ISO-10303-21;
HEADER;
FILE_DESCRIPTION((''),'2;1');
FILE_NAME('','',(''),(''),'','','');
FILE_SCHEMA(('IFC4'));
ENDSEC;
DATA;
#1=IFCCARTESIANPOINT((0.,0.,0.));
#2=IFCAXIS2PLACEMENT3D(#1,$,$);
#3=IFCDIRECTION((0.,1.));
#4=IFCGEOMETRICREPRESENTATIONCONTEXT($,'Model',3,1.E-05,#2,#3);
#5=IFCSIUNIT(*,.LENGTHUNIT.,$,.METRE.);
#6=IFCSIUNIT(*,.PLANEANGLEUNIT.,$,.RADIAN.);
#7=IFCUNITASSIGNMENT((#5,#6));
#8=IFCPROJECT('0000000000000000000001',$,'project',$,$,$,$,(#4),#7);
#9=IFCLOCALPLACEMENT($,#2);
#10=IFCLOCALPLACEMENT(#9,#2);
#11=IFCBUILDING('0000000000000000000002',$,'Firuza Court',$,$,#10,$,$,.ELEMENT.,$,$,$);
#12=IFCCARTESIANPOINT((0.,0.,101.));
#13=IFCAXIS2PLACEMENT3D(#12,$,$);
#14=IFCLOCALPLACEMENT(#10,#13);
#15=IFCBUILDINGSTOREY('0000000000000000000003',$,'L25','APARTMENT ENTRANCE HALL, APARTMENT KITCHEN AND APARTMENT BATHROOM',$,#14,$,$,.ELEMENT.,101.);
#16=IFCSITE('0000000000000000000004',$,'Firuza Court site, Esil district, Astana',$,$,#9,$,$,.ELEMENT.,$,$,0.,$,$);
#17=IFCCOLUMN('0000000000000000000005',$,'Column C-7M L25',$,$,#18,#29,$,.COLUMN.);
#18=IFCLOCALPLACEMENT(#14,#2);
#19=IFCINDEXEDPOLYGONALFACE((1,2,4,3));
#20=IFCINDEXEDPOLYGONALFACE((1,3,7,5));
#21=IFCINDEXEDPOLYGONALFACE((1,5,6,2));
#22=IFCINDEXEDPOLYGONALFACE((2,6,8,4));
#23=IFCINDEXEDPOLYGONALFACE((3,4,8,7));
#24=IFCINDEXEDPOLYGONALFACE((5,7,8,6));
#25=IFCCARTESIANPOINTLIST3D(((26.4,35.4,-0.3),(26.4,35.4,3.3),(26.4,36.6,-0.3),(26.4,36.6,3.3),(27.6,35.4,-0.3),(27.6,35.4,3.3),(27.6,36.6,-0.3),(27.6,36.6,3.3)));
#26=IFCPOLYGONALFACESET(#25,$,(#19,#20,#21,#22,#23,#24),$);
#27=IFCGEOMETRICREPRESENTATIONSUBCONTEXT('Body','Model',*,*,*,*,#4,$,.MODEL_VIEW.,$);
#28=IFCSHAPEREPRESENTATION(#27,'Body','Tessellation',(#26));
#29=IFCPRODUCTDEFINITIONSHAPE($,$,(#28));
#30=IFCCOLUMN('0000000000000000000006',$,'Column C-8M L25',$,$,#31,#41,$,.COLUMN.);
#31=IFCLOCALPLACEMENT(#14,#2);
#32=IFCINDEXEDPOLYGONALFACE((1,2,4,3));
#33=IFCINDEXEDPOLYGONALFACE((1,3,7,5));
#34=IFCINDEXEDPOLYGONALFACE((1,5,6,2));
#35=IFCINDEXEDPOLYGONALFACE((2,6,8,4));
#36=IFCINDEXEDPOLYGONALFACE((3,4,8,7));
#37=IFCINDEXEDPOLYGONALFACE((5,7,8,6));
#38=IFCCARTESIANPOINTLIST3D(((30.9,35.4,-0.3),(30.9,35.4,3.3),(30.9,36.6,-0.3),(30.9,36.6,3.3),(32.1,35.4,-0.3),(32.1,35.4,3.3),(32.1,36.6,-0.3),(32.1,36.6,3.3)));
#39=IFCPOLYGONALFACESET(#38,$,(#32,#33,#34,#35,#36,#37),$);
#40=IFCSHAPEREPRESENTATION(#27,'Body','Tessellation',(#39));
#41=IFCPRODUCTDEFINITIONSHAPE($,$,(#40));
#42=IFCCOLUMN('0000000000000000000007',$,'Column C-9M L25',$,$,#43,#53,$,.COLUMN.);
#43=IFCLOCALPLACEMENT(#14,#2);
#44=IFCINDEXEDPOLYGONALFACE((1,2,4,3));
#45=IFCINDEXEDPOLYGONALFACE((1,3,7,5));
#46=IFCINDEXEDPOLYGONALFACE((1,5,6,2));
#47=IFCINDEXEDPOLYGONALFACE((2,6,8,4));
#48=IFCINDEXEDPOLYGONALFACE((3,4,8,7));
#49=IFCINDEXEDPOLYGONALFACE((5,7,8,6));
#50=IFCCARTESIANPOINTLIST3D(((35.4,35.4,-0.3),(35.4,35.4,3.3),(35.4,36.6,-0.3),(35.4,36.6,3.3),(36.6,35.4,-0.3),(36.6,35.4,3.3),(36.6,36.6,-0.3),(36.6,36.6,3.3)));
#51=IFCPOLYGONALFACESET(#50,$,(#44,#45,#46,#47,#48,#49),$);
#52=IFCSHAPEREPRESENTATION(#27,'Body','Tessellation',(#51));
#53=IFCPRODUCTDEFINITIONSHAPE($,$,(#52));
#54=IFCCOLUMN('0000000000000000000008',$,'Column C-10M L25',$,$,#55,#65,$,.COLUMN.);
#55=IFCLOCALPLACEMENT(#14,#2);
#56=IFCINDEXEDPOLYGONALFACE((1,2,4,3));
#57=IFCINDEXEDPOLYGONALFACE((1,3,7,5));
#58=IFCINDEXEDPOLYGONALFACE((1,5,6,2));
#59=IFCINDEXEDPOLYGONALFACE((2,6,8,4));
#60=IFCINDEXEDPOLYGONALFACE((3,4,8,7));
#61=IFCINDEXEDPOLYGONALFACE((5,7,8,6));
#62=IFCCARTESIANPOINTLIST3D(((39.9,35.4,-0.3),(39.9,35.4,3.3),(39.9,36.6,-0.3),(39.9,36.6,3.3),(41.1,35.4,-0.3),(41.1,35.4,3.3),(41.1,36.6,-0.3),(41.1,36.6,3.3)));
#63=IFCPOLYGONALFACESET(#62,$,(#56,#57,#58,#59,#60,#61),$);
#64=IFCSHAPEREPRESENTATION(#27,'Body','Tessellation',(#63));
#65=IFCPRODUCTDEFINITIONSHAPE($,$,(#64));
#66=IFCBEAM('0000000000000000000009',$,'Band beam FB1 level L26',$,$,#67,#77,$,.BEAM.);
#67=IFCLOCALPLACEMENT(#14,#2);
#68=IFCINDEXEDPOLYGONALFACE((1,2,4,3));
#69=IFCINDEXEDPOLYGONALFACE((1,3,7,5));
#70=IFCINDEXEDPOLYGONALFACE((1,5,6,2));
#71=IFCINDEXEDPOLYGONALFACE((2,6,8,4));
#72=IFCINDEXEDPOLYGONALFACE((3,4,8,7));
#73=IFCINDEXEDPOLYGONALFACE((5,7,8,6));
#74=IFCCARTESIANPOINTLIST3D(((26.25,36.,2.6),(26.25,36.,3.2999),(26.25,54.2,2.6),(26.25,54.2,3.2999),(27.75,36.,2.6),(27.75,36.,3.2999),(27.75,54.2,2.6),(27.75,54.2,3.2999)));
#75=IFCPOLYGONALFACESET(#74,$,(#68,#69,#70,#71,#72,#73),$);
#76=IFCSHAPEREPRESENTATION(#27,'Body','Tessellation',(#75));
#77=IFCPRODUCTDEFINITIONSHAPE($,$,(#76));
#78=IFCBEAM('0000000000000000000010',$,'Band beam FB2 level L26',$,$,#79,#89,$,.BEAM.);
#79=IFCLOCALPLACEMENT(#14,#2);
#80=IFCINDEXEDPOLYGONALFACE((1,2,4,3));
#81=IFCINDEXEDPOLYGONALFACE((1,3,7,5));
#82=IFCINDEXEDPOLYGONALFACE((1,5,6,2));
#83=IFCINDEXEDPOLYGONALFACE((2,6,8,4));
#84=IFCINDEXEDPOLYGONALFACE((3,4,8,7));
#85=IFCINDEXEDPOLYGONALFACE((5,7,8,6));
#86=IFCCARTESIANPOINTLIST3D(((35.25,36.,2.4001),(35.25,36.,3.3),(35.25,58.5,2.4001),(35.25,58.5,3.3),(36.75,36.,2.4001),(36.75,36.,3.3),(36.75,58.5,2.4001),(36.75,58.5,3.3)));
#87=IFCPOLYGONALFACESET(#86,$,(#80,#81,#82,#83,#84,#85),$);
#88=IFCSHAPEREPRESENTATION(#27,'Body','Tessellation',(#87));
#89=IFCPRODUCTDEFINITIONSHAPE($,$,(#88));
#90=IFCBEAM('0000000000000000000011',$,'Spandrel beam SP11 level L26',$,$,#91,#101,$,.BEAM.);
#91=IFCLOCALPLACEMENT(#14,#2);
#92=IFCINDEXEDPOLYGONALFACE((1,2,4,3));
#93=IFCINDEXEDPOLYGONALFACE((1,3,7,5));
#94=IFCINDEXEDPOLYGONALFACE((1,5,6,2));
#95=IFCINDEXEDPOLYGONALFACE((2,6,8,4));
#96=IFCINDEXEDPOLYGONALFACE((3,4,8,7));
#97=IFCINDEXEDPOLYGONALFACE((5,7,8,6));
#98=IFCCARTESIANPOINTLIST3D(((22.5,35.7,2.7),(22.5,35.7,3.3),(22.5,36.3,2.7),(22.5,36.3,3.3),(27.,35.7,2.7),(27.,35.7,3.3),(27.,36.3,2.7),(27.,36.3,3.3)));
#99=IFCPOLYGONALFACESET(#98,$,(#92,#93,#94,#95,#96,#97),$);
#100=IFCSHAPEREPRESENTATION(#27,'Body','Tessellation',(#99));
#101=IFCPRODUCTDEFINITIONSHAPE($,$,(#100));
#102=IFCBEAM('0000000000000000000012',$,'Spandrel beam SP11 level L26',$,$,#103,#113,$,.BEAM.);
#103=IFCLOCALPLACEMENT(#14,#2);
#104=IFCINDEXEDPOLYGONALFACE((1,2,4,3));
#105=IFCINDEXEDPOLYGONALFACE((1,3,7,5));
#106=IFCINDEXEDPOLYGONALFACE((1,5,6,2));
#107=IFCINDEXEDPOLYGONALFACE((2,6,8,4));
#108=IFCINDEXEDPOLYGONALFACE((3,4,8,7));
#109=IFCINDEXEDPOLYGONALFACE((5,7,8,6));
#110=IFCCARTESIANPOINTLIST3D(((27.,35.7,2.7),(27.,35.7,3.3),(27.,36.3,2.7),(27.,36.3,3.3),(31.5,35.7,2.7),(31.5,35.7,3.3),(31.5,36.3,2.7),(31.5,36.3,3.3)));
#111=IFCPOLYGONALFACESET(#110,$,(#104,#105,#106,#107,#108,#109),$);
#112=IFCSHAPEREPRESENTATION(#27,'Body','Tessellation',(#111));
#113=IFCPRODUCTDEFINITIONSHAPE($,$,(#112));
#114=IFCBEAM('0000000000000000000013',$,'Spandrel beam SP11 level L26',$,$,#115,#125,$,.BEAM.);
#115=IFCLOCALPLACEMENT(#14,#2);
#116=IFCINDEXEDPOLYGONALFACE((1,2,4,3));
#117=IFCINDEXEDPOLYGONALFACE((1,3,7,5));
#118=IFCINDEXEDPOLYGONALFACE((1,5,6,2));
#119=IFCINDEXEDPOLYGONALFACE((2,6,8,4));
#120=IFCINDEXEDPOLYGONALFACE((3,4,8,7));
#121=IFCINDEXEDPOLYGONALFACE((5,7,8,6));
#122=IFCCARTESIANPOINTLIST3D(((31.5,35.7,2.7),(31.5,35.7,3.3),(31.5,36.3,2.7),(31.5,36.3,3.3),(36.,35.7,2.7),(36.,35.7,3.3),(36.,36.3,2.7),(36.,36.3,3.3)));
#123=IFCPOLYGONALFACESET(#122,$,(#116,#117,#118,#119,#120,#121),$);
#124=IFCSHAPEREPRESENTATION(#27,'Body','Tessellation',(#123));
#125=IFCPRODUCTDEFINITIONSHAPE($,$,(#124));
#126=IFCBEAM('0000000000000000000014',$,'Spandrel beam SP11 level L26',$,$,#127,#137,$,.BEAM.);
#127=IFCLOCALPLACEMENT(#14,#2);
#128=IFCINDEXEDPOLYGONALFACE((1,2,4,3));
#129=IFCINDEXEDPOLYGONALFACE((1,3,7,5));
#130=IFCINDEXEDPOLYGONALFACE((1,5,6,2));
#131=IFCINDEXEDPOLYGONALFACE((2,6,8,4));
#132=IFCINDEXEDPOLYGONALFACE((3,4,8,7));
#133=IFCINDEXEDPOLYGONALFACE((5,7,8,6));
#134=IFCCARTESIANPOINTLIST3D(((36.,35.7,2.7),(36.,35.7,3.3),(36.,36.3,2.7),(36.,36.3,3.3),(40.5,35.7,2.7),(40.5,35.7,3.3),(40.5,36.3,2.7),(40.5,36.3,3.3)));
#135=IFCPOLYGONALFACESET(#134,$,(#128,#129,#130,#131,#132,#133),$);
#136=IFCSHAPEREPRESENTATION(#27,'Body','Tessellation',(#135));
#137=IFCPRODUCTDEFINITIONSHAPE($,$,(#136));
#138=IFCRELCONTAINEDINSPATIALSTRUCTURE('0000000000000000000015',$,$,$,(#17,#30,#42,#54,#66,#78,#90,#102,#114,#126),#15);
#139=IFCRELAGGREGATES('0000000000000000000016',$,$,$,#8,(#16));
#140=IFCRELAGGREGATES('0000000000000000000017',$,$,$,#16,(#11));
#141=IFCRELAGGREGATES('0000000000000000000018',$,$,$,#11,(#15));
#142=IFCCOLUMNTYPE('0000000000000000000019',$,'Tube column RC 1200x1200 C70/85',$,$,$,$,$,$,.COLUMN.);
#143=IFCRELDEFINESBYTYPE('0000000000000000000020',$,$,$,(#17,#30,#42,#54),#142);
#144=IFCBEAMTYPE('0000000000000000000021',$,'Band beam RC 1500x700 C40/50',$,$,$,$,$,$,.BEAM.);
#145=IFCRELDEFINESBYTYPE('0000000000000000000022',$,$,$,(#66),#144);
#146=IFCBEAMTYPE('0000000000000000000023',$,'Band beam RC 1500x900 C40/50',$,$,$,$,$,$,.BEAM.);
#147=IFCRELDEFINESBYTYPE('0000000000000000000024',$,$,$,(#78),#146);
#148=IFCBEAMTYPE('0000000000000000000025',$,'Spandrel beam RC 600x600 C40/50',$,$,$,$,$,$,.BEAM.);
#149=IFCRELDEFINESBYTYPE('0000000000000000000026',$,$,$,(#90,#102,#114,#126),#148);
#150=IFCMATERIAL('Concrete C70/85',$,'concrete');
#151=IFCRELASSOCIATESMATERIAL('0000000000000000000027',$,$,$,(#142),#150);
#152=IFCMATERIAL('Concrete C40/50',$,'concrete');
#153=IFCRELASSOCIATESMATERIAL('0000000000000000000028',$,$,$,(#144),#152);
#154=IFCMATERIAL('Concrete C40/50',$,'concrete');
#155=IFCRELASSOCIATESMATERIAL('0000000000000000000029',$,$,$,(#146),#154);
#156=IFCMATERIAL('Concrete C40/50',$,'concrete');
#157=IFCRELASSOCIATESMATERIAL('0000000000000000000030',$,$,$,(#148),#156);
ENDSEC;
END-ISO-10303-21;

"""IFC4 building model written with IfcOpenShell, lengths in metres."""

from ifc_helpers import new_model, si_unit, direction, frame, origin, origin_2d, place, context, subcontext, project, spatial, rectangle, extrude, material, material_profile, profile_set, type_object, element, save


model = new_model("IFC4")

# Units and contexts
model_context = context("Model", 3, precision=1e-05, world=origin(), true_north=direction((0.0, 1.0)))
body_context = subcontext(model_context, "Body", "Model", "MODEL_VIEW")
ifc_project = project(units=[si_unit("LENGTHUNIT", "METRE"), si_unit("PLANEANGLEUNIT", "RADIAN")], contexts=[model_context])

# Site, building, storey
site_placement = place(None, origin())
site = spatial("IfcSite", under=ifc_project, at=site_placement, Name="Firuza Court site, Esil district, Astana", CompositionType="ELEMENT", RefElevation=0.0)
building_placement = place(site_placement, origin())
building = spatial("IfcBuilding", under=site, at=building_placement, Name="Firuza Court", CompositionType="ELEMENT")
storey_placement = place(building_placement, frame((0.0, 0.0, 101.0)))
storey = spatial("IfcBuildingStorey", under=building, at=storey_placement, Name="L25", Description="APARTMENT ENTRANCE HALL, APARTMENT KITCHEN AND APARTMENT BATHROOM", CompositionType="ELEMENT", Elevation=101.0)

# Columns
ifc_material_1 = material(Name="Concrete C70/85", Category="concrete")
ifc_material_profile_1 = material_profile(ifc_material_1, rectangle(XDim=1.2, YDim=1.2, at=origin_2d()), Name="RC 1200x1200")
ifc_profile_set_1 = profile_set([ifc_material_profile_1], Name="Concrete C70/85")
column_type = type_object("IfcColumnType", Name="Tube column RC 1200x1200 C70/85", PredefinedType="COLUMN", material=ifc_profile_set_1)
for number, where, z_axis, x_axis, name in (
    (1, (27.0, 36.0, -0.3), (0.0, 0.0, 1.0), (1.0, 0.0, 0.0), "Column C-7M L25"),
    (2, (31.5, 36.0, -0.3), (0.0, 0.0, 1.0), (1.0, 0.0, 0.0), "Column C-8M L25"),
    (3, (36.0, 36.0, -0.3), (0.0, 0.0, 1.0), (1.0, 0.0, 0.0), "Column C-9M L25"),
    (4, (40.5, 36.0, -0.3), (0.0, 0.0, 1.0), (1.0, 0.0, 0.0), "Column C-10M L25"),
):
    element("IfcColumn", number, at=place(storey_placement, frame(where, z_axis=z_axis, x_axis=x_axis)), inside=storey, type_object=column_type, Name=name, PredefinedType="COLUMN", context=body_context, shape_type="SweptSolid", body=[
        extrude(rectangle(XDim=1.2, YDim=1.2, at=origin_2d()), origin(), (0.0, 0.0, 1.0), 3.6001),
    ])

# Beams
ifc_material_2 = material(Name="Concrete C40/50", Category="concrete")
ifc_material_profile_2 = material_profile(ifc_material_2, rectangle(XDim=1.5, YDim=0.7, at=origin_2d()), Name="RC 1500x700")
ifc_profile_set_2 = profile_set([ifc_material_profile_2], Name="Concrete C40/50")
beam_type_1 = type_object("IfcBeamType", Name="Band beam RC 1500x700 C40/50", PredefinedType="BEAM", material=ifc_profile_set_2)
beam_1_placement = place(storey_placement, frame((27.0, 36.0, 2.95), z_axis=(0.0, 1.0, 0.0), x_axis=(-1.0, 0.0, 0.0)))
element("IfcBeam", 5, at=beam_1_placement, inside=storey, type_object=beam_type_1, Name="Band beam FB1 level L26", PredefinedType="BEAM", context=body_context, shape_type="SweptSolid", body=[
    extrude(rectangle(XDim=1.5, YDim=0.7, at=origin_2d()), origin(), (0.0, 0.0, 1.0), 18.2),
])
ifc_material_3 = material(Name="Concrete C40/50", Category="concrete")
ifc_material_profile_3 = material_profile(ifc_material_3, rectangle(XDim=1.5, YDim=0.8999, at=origin_2d()), Name="RC 1500x900")
ifc_profile_set_3 = profile_set([ifc_material_profile_3], Name="Concrete C40/50")
beam_type_2 = type_object("IfcBeamType", Name="Band beam RC 1500x900 C40/50", PredefinedType="BEAM", material=ifc_profile_set_3)
beam_2_placement = place(storey_placement, frame((36.0, 36.0, 2.8501), z_axis=(0.0, 1.0, 0.0), x_axis=(-1.0, 0.0, 0.0)))
element("IfcBeam", 6, at=beam_2_placement, inside=storey, type_object=beam_type_2, Name="Band beam FB2 level L26", PredefinedType="BEAM", context=body_context, shape_type="SweptSolid", body=[
    extrude(rectangle(XDim=1.5, YDim=0.8999, at=origin_2d()), origin(), (0.0, 0.0, 1.0), 22.5),
])
ifc_material_4 = material(Name="Concrete C40/50", Category="concrete")
ifc_material_profile_4 = material_profile(ifc_material_4, rectangle(XDim=0.6001, YDim=0.6001, at=origin_2d()), Name="RC 600x600")
ifc_profile_set_4 = profile_set([ifc_material_profile_4], Name="Concrete C40/50")
beam_type_3 = type_object("IfcBeamType", Name="Spandrel beam RC 600x600 C40/50", PredefinedType="BEAM", material=ifc_profile_set_4)
for number, where, z_axis, x_axis, name in (
    (7, (22.5, 36.0, 3.0), (1.0, 0.0, 0.0), (0.0, 1.0, 0.0), "Spandrel beam SP11 level L26"),
    (8, (27.0, 36.0, 3.0), (1.0, 0.0, 0.0), (0.0, 1.0, 0.0), "Spandrel beam SP11 level L26"),
    (9, (31.5, 36.0, 3.0), (1.0, 0.0, 0.0), (0.0, 1.0, 0.0), "Spandrel beam SP11 level L26"),
    (10, (36.0, 36.0, 3.0), (1.0, 0.0, 0.0), (0.0, 1.0, 0.0), "Spandrel beam SP11 level L26"),
):
    element("IfcBeam", number, at=place(storey_placement, frame(where, z_axis=z_axis, x_axis=x_axis)), inside=storey, type_object=beam_type_3, Name=name, PredefinedType="BEAM", context=body_context, shape_type="SweptSolid", body=[
        extrude(rectangle(XDim=0.6001, YDim=0.6001, at=origin_2d()), origin(), (0.0, 0.0, 1.0), 4.5),
    ])

save(model, "model.ifc")
